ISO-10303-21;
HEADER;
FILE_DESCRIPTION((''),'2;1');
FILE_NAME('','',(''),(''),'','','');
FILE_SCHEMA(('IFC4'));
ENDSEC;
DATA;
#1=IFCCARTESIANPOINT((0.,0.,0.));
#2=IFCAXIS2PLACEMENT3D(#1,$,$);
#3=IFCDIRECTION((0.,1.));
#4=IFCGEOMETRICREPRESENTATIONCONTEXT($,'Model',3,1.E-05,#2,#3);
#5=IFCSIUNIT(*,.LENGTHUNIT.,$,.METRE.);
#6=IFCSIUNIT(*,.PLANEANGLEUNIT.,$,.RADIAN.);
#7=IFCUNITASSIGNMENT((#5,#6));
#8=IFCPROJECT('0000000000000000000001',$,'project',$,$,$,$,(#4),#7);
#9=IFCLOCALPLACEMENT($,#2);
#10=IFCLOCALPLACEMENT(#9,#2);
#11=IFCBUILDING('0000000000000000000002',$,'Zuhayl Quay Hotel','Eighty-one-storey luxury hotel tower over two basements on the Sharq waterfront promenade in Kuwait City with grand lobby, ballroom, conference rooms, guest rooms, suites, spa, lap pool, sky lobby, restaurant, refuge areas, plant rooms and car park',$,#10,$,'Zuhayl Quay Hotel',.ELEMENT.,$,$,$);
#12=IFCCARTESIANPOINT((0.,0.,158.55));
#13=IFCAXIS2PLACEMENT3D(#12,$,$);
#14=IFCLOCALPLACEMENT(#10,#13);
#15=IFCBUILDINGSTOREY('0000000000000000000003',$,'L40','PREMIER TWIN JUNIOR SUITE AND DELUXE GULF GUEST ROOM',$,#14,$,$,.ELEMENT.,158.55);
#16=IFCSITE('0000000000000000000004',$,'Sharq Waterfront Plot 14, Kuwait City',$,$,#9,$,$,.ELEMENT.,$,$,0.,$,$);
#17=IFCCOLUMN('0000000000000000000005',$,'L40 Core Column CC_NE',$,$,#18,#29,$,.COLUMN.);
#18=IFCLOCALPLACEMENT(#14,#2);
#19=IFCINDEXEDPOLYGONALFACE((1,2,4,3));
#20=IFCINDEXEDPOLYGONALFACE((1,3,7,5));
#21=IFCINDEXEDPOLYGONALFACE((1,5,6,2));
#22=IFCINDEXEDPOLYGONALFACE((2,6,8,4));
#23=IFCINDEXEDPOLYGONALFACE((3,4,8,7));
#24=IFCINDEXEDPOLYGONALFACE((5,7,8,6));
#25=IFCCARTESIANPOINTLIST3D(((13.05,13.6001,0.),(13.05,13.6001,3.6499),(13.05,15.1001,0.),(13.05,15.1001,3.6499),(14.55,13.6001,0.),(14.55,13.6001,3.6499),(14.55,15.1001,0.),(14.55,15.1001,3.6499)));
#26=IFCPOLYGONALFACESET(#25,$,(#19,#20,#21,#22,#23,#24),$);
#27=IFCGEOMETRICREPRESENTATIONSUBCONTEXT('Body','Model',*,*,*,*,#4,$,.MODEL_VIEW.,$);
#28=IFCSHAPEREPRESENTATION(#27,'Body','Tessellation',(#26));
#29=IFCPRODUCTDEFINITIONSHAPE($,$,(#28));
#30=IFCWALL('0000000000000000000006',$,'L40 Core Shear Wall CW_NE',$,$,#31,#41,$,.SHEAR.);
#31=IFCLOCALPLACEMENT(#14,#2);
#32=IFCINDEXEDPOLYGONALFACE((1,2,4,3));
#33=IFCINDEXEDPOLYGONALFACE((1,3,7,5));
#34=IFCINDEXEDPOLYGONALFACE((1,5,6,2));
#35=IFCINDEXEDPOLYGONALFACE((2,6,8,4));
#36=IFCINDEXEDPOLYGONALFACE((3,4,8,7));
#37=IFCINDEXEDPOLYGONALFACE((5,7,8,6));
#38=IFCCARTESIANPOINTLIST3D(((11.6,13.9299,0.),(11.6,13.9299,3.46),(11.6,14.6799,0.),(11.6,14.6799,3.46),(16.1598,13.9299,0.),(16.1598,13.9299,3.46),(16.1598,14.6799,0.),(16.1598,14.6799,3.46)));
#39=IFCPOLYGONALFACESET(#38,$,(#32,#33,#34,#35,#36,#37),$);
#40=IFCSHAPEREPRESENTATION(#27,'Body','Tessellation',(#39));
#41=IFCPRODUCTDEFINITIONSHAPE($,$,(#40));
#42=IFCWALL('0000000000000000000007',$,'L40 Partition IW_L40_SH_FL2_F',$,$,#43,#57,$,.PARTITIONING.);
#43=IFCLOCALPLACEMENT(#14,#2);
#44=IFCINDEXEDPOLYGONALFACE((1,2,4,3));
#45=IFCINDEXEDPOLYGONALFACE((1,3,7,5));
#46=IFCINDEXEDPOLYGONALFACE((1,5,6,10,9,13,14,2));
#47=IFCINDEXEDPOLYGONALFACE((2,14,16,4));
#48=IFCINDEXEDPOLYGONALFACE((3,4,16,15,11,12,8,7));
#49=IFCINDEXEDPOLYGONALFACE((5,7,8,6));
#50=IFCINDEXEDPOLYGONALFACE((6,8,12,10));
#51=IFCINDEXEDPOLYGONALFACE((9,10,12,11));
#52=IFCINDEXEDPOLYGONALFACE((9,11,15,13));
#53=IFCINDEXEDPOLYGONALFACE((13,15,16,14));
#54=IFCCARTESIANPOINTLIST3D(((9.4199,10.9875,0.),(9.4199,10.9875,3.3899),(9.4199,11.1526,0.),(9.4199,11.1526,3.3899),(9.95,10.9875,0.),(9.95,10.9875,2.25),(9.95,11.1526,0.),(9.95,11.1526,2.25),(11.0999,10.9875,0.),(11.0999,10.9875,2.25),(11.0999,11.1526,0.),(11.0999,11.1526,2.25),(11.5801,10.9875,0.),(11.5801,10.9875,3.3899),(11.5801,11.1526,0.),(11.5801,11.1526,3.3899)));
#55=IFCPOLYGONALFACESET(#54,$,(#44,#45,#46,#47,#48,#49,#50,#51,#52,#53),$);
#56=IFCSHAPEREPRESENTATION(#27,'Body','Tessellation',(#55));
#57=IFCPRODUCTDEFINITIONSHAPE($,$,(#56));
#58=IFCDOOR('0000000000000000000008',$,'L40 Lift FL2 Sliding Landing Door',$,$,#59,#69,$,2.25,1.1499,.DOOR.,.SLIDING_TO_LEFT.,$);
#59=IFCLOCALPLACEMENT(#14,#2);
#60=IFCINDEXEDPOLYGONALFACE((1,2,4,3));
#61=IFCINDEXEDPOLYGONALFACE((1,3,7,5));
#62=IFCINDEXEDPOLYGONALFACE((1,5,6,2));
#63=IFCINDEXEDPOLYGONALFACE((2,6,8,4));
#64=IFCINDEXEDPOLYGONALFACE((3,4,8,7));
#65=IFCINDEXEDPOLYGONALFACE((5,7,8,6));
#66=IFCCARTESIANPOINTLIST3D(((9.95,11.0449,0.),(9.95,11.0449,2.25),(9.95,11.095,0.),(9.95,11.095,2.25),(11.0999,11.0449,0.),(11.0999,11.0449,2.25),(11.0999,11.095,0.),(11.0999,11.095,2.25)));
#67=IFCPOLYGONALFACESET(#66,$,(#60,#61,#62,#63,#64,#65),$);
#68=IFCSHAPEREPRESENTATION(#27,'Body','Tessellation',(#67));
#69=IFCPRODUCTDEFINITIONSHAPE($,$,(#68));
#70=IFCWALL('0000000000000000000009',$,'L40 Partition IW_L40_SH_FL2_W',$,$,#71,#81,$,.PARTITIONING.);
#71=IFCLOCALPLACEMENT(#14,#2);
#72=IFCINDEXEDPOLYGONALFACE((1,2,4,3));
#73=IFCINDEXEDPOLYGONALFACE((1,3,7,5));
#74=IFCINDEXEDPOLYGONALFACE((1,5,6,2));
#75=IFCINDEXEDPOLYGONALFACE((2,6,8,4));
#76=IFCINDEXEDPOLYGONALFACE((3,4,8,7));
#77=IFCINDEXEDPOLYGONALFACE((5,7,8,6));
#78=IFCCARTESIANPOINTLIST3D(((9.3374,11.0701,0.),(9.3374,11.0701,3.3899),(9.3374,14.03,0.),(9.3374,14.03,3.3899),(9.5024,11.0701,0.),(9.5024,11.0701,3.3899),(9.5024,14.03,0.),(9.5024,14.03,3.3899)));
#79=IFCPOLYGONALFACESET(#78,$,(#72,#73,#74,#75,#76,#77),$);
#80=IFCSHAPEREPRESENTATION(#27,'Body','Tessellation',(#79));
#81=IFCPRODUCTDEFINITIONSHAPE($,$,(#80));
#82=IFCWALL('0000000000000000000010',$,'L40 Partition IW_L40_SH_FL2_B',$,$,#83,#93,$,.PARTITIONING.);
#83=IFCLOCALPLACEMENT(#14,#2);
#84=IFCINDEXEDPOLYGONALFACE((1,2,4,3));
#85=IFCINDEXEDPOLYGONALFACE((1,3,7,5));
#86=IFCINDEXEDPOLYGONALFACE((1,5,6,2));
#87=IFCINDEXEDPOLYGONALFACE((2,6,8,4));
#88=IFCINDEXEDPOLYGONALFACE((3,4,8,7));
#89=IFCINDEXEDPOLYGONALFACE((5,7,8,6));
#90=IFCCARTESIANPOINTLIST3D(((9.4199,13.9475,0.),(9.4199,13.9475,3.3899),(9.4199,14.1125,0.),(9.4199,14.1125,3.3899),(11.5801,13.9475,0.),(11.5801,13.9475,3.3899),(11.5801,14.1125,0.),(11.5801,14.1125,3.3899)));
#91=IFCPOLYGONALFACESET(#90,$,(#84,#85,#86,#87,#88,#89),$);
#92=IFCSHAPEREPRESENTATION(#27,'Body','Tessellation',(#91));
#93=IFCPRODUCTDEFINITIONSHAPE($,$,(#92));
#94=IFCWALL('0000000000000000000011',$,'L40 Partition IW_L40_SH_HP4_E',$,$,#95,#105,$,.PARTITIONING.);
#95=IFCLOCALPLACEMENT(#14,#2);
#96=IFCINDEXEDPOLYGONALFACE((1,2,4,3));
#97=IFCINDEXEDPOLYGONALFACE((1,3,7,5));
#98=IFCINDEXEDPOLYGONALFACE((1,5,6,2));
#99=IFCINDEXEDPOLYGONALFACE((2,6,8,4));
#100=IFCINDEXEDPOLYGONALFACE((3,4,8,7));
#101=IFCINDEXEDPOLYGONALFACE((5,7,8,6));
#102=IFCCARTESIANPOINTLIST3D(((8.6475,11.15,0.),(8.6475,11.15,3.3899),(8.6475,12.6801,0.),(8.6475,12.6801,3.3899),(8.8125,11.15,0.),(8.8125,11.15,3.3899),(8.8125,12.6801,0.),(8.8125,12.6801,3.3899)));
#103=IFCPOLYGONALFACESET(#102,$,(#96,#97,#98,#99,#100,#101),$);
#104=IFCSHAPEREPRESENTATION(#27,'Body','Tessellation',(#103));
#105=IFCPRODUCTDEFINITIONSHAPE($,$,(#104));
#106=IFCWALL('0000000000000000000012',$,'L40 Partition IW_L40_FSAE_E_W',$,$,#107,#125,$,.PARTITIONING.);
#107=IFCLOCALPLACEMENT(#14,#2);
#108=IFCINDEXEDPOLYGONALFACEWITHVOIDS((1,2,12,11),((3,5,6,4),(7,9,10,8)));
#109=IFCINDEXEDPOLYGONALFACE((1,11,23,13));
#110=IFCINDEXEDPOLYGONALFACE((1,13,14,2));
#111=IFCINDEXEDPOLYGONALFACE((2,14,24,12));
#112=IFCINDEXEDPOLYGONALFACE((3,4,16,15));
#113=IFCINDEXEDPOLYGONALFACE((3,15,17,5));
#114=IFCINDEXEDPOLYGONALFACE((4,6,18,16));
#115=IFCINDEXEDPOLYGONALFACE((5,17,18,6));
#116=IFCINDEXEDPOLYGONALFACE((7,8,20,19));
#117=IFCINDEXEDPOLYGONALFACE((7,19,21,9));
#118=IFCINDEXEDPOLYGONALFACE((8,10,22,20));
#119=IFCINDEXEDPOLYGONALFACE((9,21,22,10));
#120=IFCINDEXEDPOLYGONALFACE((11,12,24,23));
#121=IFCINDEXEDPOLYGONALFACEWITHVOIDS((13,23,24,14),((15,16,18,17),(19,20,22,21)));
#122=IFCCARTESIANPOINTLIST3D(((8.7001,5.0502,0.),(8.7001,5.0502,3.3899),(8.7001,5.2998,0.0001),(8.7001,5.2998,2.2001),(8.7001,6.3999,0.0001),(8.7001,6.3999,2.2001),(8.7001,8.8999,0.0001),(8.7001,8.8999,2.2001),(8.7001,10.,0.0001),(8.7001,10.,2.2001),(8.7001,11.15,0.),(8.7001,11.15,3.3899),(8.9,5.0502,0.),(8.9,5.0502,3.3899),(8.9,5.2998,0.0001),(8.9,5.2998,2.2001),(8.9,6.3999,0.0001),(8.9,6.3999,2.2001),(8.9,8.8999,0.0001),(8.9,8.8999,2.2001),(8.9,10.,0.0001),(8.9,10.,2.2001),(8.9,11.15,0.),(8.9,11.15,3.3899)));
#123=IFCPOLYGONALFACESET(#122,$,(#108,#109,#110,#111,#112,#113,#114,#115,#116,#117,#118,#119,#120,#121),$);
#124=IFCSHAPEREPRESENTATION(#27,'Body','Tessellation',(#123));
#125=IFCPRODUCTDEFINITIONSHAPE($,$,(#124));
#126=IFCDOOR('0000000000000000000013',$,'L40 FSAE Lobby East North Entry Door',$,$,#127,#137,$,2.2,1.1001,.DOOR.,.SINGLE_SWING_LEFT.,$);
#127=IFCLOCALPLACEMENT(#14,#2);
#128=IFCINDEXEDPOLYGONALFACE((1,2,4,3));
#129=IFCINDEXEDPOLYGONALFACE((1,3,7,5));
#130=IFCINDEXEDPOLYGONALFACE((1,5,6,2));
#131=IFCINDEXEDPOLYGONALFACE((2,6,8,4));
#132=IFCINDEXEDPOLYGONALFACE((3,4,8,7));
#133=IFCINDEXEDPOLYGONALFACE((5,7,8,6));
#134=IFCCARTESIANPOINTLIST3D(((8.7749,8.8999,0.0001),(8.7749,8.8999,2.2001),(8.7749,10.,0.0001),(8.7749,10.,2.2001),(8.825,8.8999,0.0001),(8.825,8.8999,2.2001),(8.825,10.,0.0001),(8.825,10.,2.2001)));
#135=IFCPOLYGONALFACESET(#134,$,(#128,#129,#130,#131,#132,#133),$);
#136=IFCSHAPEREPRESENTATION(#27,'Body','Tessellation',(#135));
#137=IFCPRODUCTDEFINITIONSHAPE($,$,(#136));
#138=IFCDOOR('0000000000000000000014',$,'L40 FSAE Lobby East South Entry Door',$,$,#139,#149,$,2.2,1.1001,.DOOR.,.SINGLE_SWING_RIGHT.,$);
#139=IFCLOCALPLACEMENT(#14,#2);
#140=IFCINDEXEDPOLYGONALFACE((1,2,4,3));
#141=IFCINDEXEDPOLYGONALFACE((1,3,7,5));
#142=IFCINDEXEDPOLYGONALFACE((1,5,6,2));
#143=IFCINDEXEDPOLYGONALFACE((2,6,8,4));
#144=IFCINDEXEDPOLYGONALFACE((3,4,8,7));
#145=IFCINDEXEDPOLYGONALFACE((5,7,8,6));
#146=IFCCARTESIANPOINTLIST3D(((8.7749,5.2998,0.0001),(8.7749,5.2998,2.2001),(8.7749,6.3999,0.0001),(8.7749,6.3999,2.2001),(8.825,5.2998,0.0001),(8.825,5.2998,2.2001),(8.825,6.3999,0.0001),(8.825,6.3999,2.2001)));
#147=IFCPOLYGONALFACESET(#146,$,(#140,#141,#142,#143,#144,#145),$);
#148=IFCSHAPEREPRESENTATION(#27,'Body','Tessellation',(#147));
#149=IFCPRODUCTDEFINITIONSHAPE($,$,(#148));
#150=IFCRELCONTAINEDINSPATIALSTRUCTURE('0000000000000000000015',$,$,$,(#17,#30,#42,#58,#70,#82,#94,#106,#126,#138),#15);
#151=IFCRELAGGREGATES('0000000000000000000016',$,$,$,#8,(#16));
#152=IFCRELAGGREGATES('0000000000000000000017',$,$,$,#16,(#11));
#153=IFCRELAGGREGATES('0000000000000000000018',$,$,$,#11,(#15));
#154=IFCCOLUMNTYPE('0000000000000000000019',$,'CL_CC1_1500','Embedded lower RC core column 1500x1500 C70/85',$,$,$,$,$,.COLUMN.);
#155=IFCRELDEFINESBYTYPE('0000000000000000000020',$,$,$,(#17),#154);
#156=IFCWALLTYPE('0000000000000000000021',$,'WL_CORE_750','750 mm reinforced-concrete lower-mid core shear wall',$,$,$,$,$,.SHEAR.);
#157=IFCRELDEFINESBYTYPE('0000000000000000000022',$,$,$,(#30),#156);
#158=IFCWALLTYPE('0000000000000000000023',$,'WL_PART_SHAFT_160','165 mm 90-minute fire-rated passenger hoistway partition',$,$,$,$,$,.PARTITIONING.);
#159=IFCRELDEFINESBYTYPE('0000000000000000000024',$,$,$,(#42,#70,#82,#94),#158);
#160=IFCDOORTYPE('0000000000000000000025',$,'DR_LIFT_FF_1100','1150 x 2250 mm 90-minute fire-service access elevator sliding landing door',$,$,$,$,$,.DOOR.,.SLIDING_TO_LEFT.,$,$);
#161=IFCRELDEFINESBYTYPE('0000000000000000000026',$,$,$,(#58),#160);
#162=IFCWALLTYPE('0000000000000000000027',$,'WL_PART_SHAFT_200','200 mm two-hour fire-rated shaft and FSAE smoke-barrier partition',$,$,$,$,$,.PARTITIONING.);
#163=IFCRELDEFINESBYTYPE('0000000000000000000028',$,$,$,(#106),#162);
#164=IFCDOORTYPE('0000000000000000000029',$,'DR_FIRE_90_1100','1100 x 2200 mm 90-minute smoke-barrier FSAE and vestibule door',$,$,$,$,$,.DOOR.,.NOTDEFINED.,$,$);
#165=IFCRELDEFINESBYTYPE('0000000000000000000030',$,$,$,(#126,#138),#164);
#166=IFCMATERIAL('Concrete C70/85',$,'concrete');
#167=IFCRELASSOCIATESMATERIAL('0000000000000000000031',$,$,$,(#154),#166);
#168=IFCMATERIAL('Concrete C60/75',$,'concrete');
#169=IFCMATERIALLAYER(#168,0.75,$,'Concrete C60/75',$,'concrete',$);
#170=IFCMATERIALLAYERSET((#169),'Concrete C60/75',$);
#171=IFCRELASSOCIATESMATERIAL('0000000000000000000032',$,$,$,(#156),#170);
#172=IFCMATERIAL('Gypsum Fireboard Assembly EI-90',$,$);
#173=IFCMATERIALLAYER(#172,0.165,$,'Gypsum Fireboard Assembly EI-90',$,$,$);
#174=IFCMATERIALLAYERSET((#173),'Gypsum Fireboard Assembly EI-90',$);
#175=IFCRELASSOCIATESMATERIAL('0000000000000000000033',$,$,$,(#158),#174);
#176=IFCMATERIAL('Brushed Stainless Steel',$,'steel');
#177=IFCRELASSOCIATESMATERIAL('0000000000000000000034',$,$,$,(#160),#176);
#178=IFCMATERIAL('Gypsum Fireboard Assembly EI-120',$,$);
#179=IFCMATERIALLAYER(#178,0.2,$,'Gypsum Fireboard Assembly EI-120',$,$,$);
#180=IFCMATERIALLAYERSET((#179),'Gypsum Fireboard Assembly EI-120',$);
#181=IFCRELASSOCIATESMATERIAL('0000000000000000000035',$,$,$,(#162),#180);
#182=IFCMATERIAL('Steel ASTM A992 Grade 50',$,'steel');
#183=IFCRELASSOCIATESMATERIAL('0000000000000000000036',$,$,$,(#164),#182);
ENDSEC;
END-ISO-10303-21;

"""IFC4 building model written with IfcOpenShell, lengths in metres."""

from ifc_helpers import new_model, si_unit, direction, frame, frame_2d, origin, origin_2d, place, context, subcontext, project, spatial, rectangle, extrude, material, layer, layer_set, material_profile, profile_set, type_object, element, fill, save


model = new_model("IFC4")

# Units and contexts
model_context = context("Model", 3, precision=1e-05, world=origin(), true_north=direction((0.0, 1.0)))
body_context = subcontext(model_context, "Body", "Model", "MODEL_VIEW")
ifc_project = project(units=[si_unit("LENGTHUNIT", "METRE"), si_unit("PLANEANGLEUNIT", "RADIAN")], contexts=[model_context])

# Site, building, storey
site_placement = place(None, origin())
site = spatial("IfcSite", under=ifc_project, at=site_placement, Name="Sharq Waterfront Plot 14, Kuwait City", CompositionType="ELEMENT", RefElevation=0.0)
building_placement = place(site_placement, origin())
building = spatial("IfcBuilding", under=site, at=building_placement, Name="Zuhayl Quay Hotel", Description="Eighty-one-storey luxury hotel tower over two basements on the Sharq waterfront promenade in Kuwait City with grand lobby, ballroom, conference rooms, guest rooms, suites, spa, lap pool, sky lobby, restaurant, refuge areas, plant rooms and car park", LongName="Zuhayl Quay Hotel", CompositionType="ELEMENT")
storey_placement = place(building_placement, frame((0.0, 0.0, 158.55)))
storey = spatial("IfcBuildingStorey", under=building, at=storey_placement, Name="L40", Description="PREMIER TWIN JUNIOR SUITE AND DELUXE GULF GUEST ROOM", CompositionType="ELEMENT", Elevation=158.55)

# Column
ifc_material_1 = material(Name="Concrete C70/85", Category="concrete")
ifc_material_profile = material_profile(ifc_material_1, rectangle(XDim=1.5, YDim=1.5, at=origin_2d()), Name="RC1500X1500")
ifc_profile_set = profile_set([ifc_material_profile], Name="Concrete C70/85")
column_type = type_object("IfcColumnType", Name="CL_CC1_1500", Description="Embedded lower RC core column 1500x1500 C70/85", PredefinedType="COLUMN", material=ifc_profile_set)
column_placement = place(storey_placement, frame((13.8, 14.3501, 0.0), z_axis=(0.0, 0.0, 1.0), x_axis=(1.0, 0.0, 0.0)))
element("IfcColumn", 1, at=column_placement, inside=storey, type_object=column_type, Name="L40 Core Column CC_NE", PredefinedType="COLUMN", context=body_context, shape_type="SweptSolid", body=[
    extrude(rectangle(XDim=1.5, YDim=1.5, at=origin_2d()), origin(), (0.0, 0.0, 1.0), 3.6499),
])

# Wall
ifc_material_2 = material(Name="Concrete C60/75", Category="concrete")
ifc_layer_1 = layer(ifc_material_2, 0.75, Name="Concrete C60/75", Category="concrete")
ifc_layer_set_1 = layer_set([ifc_layer_1], Name="Concrete C60/75")
wall_type_1 = type_object("IfcWallType", Name="WL_CORE_750", Description="750 mm reinforced-concrete lower-mid core shear wall", PredefinedType="SHEAR", material=ifc_layer_set_1)
wall_1_placement = place(storey_placement, frame((11.6001, 14.3049, 0.0), z_axis=(0.0, 0.0, 1.0), x_axis=(1.0, 0.0, 0.0)))
element("IfcWall", 2, at=wall_1_placement, inside=storey, type_object=wall_type_1, Name="L40 Core Shear Wall CW_NE", PredefinedType="SHEAR", context=body_context, shape_type="SweptSolid", body=[
    extrude(rectangle(XDim=4.5598, YDim=0.75, at=frame_2d((2.2798, 0.0))), origin(), (0.0, 0.0, 1.0), 3.46),
])

# Wall, opening, door
ifc_material_3 = material(Name="Gypsum Fireboard Assembly EI-90")
ifc_layer_2 = layer(ifc_material_3, 0.165, Name="Gypsum Fireboard Assembly EI-90")
ifc_layer_set_2 = layer_set([ifc_layer_2], Name="Gypsum Fireboard Assembly EI-90")
wall_type_2 = type_object("IfcWallType", Name="WL_PART_SHAFT_160", Description="165 mm 90-minute fire-rated passenger hoistway partition", PredefinedType="PARTITIONING", material=ifc_layer_set_2)
wall_2_placement = place(storey_placement, frame((9.4199, 11.0701, 0.0), z_axis=(0.0, 0.0, 1.0), x_axis=(1.0, 0.0, 0.0)))
wall_2 = element("IfcWall", 3, at=wall_2_placement, inside=storey, type_object=wall_type_2, Name="L40 Partition IW_L40_SH_FL2_F", PredefinedType="PARTITIONING", context=body_context, shape_type="SweptSolid", body=[
    extrude(rectangle(XDim=2.1602, YDim=0.165, at=frame_2d((1.0801, 0.0))), origin(), (0.0, 0.0, 1.0), 3.3899),
])
opening_1_placement = place(wall_2_placement, frame((0.53, 0.0, 0.0)))
opening_1 = element("IfcOpeningElement", 4, at=opening_1_placement, cuts=wall_2, PredefinedType="OPENING", context=body_context, shape_type="SweptSolid", body=[
    extrude(rectangle(XDim=1.1499, YDim=2.25, at=frame_2d((0.575, 1.125))), frame((0.0, 0.0925, 0.0), z_axis=(0.0, -1.0, 0.0), x_axis=(1.0, 0.0, 0.0)), (0.0, 0.0, 1.0), 0.1851),
])
ifc_material_4 = material(Name="Brushed Stainless Steel", Category="steel")
door_type_1 = type_object("IfcDoorType", Name="DR_LIFT_FF_1100", Description="1150 x 2250 mm 90-minute fire-service access elevator sliding landing door", OperationType="SLIDING_TO_LEFT", PredefinedType="DOOR", material=ifc_material_4)
door_1_placement = place(opening_1_placement, origin())
door_1 = element("IfcDoor", 5, at=door_1_placement, inside=storey, type_object=door_type_1, Name="L40 Lift FL2 Sliding Landing Door", OperationType="SLIDING_TO_LEFT", OverallHeight=2.25, OverallWidth=1.1499, PredefinedType="DOOR", context=body_context, shape_type="SweptSolid", body=[
    extrude(rectangle(XDim=1.1499, YDim=2.25, at=frame_2d((0.575, 1.125))), frame((0.0, 0.0249, 0.0), z_axis=(0.0, -1.0, 0.0), x_axis=(1.0, 0.0, 0.0)), (0.0, 0.0, 1.0), 0.05),
])
fill(opening_1, door_1)

# Walls
wall_3_placement = place(storey_placement, frame((9.4199, 11.0701, 0.0), z_axis=(0.0, 0.0, 1.0), x_axis=(0.0, 1.0, 0.0)))
element("IfcWall", 6, at=wall_3_placement, inside=storey, type_object=wall_type_2, Name="L40 Partition IW_L40_SH_FL2_W", PredefinedType="PARTITIONING", context=body_context, shape_type="SweptSolid", body=[
    extrude(rectangle(XDim=2.96, YDim=0.165, at=frame_2d((1.48, 0.0))), origin(), (0.0, 0.0, 1.0), 3.3899),
])
wall_4_placement = place(storey_placement, frame((9.4199, 14.03, 0.0), z_axis=(0.0, 0.0, 1.0), x_axis=(1.0, 0.0, 0.0)))
element("IfcWall", 7, at=wall_4_placement, inside=storey, type_object=wall_type_2, Name="L40 Partition IW_L40_SH_FL2_B", PredefinedType="PARTITIONING", context=body_context, shape_type="SweptSolid", body=[
    extrude(rectangle(XDim=2.1602, YDim=0.165, at=frame_2d((1.0801, 0.0))), origin(), (0.0, 0.0, 1.0), 3.3899),
])
wall_5_placement = place(storey_placement, frame((8.73, 11.1499, 0.0), z_axis=(0.0, 0.0, 1.0), x_axis=(0.0, 1.0, 0.0)))
element("IfcWall", 8, at=wall_5_placement, inside=storey, type_object=wall_type_2, Name="L40 Partition IW_L40_SH_HP4_E", PredefinedType="PARTITIONING", context=body_context, shape_type="SweptSolid", body=[
    extrude(rectangle(XDim=1.53, YDim=0.165, at=frame_2d((0.7651, 0.0))), origin(), (0.0, 0.0, 1.0), 3.3899),
])

# Wall, openings, doors
ifc_material_5 = material(Name="Gypsum Fireboard Assembly EI-120")
ifc_layer_3 = layer(ifc_material_5, 0.2, Name="Gypsum Fireboard Assembly EI-120")
ifc_layer_set_3 = layer_set([ifc_layer_3], Name="Gypsum Fireboard Assembly EI-120")
wall_type_3 = type_object("IfcWallType", Name="WL_PART_SHAFT_200", Description="200 mm two-hour fire-rated shaft and FSAE smoke-barrier partition", PredefinedType="PARTITIONING", material=ifc_layer_set_3)
wall_6_placement = place(storey_placement, frame((8.8, 11.1499, 0.0), z_axis=(0.0, 0.0, 1.0), x_axis=(0.0, -1.0, 0.0)))
wall_6 = element("IfcWall", 9, at=wall_6_placement, inside=storey, type_object=wall_type_3, Name="L40 Partition IW_L40_FSAE_E_W", PredefinedType="PARTITIONING", context=body_context, shape_type="SweptSolid", body=[
    extrude(rectangle(XDim=6.0999, YDim=0.2, at=frame_2d((3.0498, 0.0))), origin(), (0.0, 0.0, 1.0), 3.3899),
])
opening_2_placement = place(wall_6_placement, frame((1.1499, 0.0, 0.0)))
opening_2 = element("IfcOpeningElement", 10, at=opening_2_placement, cuts=wall_6, PredefinedType="OPENING", context=body_context, shape_type="SweptSolid", body=[
    extrude(rectangle(XDim=1.1001, YDim=2.2, at=frame_2d((0.55, 1.1001))), frame((0.0, 0.1099, 0.0), z_axis=(0.0, -1.0, 0.0), x_axis=(1.0, 0.0, 0.0)), (0.0, 0.0, 1.0), 0.22),
])
opening_3_placement = place(wall_6_placement, frame((4.75, 0.0, 0.0)))
opening_3 = element("IfcOpeningElement", 11, at=opening_3_placement, cuts=wall_6, PredefinedType="OPENING", context=body_context, shape_type="SweptSolid", body=[
    extrude(rectangle(XDim=1.1001, YDim=2.2, at=frame_2d((0.55, 1.1001))), frame((0.0, 0.1099, 0.0), z_axis=(0.0, -1.0, 0.0), x_axis=(1.0, 0.0, 0.0)), (0.0, 0.0, 1.0), 0.22),
])
ifc_material_6 = material(Name="Steel ASTM A992 Grade 50", Category="steel")
door_type_2 = type_object("IfcDoorType", Name="DR_FIRE_90_1100", Description="1100 x 2200 mm 90-minute smoke-barrier FSAE and vestibule door", OperationType="NOTDEFINED", PredefinedType="DOOR", material=ifc_material_6)
door_2_placement = place(opening_2_placement, origin())
door_2 = element("IfcDoor", 12, at=door_2_placement, inside=storey, type_object=door_type_2, Name="L40 FSAE Lobby East North Entry Door", OperationType="SINGLE_SWING_LEFT", OverallHeight=2.2, OverallWidth=1.1001, PredefinedType="DOOR", context=body_context, shape_type="SweptSolid", body=[
    extrude(rectangle(XDim=1.1001, YDim=2.2, at=frame_2d((0.55, 1.1001))), frame((0.0, 0.0249, 0.0), z_axis=(0.0, -1.0, 0.0), x_axis=(1.0, 0.0, 0.0)), (0.0, 0.0, 1.0), 0.05),
])
fill(opening_2, door_2)
door_3_placement = place(opening_3_placement, origin())
door_3 = element("IfcDoor", 13, at=door_3_placement, inside=storey, type_object=door_type_2, Name="L40 FSAE Lobby East South Entry Door", OperationType="SINGLE_SWING_RIGHT", OverallHeight=2.2, OverallWidth=1.1001, PredefinedType="DOOR", context=body_context, shape_type="SweptSolid", body=[
    extrude(rectangle(XDim=1.1001, YDim=2.2, at=frame_2d((0.55, 1.1001))), frame((0.0, 0.0249, 0.0), z_axis=(0.0, -1.0, 0.0), x_axis=(1.0, 0.0, 0.0)), (0.0, 0.0, 1.0), 0.05),
])
fill(opening_3, door_3)

save(model, "model.ifc")
